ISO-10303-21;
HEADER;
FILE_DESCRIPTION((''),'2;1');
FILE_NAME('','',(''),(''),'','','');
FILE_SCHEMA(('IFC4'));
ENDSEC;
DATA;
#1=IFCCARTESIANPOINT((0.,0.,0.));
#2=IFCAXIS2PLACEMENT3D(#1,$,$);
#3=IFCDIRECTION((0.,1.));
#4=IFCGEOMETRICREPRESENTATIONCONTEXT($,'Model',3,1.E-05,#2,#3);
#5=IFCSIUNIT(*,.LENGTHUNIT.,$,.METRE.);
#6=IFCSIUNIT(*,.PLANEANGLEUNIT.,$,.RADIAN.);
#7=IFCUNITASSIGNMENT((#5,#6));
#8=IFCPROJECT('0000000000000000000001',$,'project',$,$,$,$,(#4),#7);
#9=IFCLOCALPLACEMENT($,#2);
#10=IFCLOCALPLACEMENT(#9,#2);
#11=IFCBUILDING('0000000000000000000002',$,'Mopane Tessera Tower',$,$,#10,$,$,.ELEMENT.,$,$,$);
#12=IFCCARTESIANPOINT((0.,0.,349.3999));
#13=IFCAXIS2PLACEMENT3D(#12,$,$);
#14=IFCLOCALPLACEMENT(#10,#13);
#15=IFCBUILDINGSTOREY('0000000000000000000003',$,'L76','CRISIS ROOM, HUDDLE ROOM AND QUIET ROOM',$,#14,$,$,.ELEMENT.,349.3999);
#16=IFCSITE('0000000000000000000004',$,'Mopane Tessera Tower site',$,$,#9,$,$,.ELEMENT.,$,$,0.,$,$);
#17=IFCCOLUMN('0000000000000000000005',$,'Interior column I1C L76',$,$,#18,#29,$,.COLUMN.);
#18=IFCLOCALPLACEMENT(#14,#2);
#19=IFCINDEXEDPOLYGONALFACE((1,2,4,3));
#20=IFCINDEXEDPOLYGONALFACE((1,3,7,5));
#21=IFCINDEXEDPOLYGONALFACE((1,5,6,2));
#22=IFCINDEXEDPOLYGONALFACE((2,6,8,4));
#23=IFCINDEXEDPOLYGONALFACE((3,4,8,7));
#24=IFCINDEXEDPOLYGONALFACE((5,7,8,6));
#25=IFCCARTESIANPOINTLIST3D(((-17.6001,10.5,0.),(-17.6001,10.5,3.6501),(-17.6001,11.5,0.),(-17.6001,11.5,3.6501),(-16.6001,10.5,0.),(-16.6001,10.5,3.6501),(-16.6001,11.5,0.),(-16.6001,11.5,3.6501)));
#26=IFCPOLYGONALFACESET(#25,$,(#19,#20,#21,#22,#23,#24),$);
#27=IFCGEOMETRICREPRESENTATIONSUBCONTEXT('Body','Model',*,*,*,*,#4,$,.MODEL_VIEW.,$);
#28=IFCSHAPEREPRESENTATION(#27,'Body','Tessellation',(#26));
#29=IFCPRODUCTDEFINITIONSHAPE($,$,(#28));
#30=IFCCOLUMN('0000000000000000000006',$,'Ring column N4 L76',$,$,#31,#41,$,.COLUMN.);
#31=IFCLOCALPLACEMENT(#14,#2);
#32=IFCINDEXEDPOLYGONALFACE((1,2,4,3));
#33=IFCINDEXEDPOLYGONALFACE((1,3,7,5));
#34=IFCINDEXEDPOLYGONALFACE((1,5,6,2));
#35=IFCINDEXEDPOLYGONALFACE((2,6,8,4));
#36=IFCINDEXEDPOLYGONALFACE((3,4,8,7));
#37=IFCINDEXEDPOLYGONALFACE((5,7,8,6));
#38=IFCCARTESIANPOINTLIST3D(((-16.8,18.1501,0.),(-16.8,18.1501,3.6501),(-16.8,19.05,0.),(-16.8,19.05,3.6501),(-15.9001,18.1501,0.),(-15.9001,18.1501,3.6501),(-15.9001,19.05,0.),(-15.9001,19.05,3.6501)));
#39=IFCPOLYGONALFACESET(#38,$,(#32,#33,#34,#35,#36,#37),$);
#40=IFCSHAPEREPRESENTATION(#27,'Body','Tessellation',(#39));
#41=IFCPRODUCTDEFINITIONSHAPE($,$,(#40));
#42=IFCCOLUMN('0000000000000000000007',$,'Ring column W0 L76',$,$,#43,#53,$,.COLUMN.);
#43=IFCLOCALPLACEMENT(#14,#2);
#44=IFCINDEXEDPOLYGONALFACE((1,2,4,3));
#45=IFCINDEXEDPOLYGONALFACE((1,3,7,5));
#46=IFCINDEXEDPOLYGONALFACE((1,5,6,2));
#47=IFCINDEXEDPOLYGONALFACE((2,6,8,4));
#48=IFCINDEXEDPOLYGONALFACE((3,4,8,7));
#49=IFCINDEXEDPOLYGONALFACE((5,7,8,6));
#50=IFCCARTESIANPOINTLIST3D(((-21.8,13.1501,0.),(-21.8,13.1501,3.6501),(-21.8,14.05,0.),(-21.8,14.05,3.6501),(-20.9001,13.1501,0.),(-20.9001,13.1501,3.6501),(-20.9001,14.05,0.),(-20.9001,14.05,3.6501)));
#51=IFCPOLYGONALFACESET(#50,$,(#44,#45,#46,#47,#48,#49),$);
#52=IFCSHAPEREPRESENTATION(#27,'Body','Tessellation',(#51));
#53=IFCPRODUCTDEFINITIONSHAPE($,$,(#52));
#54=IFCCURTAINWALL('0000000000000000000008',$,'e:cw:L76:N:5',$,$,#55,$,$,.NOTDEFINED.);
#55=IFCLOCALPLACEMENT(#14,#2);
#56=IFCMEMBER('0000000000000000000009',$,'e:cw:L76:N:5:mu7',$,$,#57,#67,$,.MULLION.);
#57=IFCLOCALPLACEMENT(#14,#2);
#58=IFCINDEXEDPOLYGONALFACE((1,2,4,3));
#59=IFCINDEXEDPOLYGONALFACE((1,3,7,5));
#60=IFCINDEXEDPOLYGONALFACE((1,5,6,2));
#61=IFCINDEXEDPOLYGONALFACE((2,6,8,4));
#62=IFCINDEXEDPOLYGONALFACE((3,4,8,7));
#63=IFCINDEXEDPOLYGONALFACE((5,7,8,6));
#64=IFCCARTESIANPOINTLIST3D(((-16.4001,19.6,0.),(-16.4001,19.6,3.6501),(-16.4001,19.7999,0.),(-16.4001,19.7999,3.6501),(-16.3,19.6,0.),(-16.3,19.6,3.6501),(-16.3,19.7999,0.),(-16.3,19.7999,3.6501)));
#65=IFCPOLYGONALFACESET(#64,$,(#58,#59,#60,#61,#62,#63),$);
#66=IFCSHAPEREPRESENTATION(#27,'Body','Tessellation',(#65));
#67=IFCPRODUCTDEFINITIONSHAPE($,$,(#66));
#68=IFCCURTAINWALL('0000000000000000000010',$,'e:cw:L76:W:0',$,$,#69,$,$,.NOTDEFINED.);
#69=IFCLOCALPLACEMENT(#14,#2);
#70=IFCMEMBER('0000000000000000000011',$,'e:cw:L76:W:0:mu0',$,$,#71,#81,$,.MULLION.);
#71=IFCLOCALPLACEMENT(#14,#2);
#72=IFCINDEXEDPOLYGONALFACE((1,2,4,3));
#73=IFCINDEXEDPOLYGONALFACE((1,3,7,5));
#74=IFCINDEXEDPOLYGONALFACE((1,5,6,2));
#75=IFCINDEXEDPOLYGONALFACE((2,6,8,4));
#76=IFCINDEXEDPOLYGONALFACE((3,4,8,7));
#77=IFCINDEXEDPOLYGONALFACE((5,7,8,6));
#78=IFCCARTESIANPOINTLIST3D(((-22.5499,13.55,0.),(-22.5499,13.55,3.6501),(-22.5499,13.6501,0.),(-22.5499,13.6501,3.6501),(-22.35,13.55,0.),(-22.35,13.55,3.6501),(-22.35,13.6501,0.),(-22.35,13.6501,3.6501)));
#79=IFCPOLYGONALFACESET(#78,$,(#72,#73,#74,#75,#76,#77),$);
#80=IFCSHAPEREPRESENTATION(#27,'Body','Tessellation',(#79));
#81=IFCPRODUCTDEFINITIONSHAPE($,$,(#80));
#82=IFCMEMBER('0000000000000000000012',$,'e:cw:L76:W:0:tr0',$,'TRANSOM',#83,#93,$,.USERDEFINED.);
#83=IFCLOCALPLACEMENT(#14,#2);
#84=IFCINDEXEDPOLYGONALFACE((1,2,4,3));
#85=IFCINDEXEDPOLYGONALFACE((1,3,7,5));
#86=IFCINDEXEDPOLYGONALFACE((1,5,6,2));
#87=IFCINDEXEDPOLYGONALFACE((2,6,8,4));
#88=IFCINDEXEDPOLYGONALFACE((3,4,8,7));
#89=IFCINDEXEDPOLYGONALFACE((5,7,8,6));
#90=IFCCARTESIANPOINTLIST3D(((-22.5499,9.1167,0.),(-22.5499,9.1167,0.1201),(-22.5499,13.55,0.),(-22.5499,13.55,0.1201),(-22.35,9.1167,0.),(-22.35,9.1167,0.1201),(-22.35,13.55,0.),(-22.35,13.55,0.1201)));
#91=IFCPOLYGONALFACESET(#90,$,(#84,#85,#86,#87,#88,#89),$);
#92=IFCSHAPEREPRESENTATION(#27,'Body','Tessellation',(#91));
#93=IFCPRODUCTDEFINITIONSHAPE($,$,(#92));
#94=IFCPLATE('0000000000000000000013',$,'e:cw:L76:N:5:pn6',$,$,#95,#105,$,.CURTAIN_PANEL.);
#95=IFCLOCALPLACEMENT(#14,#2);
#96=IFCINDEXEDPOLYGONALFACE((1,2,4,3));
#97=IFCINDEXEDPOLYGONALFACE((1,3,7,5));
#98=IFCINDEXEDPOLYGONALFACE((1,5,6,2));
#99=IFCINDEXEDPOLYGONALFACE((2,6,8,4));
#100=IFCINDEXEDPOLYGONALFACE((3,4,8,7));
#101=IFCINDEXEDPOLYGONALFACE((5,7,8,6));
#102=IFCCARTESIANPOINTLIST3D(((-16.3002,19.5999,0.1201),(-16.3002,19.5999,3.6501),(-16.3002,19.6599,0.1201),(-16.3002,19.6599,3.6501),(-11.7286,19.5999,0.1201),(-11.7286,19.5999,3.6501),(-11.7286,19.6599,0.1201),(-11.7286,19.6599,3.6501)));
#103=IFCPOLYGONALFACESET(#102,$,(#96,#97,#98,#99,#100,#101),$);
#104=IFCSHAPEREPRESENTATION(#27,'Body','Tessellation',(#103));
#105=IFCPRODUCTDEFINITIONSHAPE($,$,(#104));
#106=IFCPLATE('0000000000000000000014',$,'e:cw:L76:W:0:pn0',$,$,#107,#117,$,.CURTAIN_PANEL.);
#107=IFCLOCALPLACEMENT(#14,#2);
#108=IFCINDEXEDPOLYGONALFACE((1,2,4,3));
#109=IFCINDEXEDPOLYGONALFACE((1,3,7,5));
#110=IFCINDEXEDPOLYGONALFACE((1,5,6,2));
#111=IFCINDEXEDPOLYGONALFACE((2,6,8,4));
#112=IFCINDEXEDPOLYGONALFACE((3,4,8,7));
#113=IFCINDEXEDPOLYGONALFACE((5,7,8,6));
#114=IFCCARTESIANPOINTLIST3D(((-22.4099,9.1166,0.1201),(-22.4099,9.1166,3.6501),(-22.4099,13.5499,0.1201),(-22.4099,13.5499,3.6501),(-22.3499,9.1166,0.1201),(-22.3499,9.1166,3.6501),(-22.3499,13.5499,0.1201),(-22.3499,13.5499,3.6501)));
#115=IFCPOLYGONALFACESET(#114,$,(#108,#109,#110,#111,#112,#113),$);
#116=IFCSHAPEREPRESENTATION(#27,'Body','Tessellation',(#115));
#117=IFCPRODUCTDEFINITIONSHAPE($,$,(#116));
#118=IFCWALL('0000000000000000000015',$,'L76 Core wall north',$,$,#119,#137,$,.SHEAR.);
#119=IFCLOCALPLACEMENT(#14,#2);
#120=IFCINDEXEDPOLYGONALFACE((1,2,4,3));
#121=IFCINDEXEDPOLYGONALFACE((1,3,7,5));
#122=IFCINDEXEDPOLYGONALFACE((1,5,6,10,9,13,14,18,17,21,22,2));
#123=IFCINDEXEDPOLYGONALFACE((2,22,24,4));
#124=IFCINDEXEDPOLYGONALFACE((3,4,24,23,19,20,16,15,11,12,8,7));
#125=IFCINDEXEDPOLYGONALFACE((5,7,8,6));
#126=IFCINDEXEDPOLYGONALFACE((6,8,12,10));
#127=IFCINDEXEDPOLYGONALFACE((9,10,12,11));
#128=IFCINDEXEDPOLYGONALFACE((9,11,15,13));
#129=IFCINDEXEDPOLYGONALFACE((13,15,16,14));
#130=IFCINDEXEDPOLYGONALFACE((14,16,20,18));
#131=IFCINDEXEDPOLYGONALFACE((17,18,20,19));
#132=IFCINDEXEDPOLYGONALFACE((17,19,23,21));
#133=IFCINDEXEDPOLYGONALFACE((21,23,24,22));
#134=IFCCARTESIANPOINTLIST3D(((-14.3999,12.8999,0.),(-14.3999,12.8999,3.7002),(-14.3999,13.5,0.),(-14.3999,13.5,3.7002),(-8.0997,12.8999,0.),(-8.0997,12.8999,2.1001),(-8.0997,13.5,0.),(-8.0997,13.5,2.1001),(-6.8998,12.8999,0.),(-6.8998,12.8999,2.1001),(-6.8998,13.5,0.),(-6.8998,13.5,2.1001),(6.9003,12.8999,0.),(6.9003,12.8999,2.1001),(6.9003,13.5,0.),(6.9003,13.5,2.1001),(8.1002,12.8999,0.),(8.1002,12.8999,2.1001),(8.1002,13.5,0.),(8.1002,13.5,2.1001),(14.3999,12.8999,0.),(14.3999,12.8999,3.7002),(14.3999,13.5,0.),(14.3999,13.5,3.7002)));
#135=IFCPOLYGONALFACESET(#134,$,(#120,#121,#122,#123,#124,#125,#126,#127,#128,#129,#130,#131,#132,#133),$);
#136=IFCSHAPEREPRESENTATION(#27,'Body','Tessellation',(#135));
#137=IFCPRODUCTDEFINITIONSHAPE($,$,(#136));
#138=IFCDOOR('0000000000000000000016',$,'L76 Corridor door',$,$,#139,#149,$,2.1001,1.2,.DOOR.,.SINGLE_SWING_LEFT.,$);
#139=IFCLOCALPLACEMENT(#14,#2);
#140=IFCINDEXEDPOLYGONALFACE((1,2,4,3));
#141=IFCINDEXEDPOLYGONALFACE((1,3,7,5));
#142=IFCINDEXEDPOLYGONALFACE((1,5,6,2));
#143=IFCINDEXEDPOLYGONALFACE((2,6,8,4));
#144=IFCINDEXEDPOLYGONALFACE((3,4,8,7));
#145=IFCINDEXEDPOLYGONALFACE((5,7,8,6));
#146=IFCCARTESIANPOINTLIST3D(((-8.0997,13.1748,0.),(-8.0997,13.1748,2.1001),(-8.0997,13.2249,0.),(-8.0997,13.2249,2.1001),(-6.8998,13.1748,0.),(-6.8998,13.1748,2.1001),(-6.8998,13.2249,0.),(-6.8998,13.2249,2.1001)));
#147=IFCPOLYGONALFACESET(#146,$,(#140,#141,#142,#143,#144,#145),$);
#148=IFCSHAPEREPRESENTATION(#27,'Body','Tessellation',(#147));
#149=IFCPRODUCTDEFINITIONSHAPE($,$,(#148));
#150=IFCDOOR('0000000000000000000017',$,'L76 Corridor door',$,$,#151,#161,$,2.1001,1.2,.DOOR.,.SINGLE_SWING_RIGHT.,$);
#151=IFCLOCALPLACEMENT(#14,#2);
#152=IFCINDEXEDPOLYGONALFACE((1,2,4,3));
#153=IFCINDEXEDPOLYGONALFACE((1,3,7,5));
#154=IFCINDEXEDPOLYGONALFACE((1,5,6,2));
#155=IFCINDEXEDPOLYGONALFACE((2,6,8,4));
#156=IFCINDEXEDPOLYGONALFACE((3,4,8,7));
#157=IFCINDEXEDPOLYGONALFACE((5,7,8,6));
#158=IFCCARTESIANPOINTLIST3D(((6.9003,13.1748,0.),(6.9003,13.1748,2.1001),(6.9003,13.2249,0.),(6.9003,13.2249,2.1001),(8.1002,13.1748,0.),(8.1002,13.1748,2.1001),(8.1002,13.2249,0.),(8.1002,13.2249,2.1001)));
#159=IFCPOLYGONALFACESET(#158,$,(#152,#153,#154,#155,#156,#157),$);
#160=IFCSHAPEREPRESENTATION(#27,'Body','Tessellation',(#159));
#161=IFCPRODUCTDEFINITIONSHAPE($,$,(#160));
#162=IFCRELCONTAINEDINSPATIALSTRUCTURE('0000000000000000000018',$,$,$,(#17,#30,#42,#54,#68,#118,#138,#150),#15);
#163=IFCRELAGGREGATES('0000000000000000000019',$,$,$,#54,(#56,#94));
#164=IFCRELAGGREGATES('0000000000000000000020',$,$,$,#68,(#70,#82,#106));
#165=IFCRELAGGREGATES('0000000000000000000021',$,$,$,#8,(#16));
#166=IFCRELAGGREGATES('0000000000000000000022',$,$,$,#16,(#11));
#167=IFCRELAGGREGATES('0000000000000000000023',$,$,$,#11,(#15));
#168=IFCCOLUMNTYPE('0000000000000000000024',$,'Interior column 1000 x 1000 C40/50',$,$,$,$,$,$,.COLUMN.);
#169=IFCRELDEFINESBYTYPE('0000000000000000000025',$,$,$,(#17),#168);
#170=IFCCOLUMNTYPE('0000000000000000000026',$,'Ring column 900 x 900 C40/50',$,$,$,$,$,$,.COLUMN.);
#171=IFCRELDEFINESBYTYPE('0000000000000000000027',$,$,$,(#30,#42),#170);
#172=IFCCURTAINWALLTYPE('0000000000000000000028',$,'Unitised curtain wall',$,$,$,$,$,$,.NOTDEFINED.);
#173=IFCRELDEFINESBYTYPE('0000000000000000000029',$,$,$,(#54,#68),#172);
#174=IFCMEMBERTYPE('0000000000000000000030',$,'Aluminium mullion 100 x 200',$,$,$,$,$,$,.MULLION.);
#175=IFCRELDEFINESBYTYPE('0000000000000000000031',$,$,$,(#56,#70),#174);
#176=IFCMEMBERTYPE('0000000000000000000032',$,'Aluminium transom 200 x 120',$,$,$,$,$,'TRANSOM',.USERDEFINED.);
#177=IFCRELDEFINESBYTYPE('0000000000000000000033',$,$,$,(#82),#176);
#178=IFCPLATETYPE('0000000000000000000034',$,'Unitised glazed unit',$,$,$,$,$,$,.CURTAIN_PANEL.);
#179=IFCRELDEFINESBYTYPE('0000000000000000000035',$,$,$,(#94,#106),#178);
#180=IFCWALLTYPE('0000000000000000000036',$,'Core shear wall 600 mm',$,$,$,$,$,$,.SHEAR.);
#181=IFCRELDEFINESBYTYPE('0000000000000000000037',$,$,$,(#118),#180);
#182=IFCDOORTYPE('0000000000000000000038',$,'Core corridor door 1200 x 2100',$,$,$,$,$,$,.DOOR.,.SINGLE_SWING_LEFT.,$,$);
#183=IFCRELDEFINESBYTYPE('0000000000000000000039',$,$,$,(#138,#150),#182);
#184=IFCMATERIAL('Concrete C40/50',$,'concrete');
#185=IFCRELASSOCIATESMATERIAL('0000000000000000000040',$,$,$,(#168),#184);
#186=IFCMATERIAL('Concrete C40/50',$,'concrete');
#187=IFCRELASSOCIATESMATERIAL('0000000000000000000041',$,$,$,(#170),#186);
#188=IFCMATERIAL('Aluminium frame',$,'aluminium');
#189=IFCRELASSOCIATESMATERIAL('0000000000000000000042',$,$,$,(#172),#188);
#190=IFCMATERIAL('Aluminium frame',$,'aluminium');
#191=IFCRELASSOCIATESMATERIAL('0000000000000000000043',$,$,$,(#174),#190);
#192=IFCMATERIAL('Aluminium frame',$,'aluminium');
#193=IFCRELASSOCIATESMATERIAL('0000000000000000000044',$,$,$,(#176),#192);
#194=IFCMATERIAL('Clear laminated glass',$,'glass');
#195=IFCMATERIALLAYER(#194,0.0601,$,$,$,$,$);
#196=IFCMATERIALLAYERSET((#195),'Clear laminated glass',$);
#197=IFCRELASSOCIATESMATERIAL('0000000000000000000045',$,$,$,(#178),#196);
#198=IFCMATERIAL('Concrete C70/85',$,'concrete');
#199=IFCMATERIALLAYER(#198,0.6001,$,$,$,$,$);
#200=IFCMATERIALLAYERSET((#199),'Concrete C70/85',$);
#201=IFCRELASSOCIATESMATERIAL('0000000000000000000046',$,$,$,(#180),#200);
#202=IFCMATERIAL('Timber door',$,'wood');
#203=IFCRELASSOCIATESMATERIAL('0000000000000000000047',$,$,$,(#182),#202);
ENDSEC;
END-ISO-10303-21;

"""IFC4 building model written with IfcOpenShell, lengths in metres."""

from ifc_helpers import new_model, si_unit, direction, frame, frame_2d, origin, origin_2d, place, context, subcontext, project, spatial, rectangle, extrude, material, layer, layer_set, material_profile, profile_set, type_object, element, fill, aggregate, save


model = new_model("IFC4")

# Units and contexts
model_context = context("Model", 3, precision=1e-05, world=origin(), true_north=direction((0.0, 1.0)))
body_context = subcontext(model_context, "Body", "Model", "MODEL_VIEW")
ifc_project = project(units=[si_unit("LENGTHUNIT", "METRE"), si_unit("PLANEANGLEUNIT", "RADIAN")], contexts=[model_context])

# Site, building, storey
site_placement = place(None, origin())
site = spatial("IfcSite", under=ifc_project, at=site_placement, Name="Mopane Tessera Tower site", CompositionType="ELEMENT", RefElevation=0.0)
building_placement = place(site_placement, origin())
building = spatial("IfcBuilding", under=site, at=building_placement, Name="Mopane Tessera Tower", CompositionType="ELEMENT")
storey_placement = place(building_placement, frame((0.0, 0.0, 349.3999)))
storey = spatial("IfcBuildingStorey", under=building, at=storey_placement, Name="L76", Description="CRISIS ROOM, HUDDLE ROOM AND QUIET ROOM", CompositionType="ELEMENT", Elevation=349.3999)

# Columns
ifc_material_1 = material(Name="Concrete C40/50", Category="concrete")
ifc_material_profile_1 = material_profile(ifc_material_1, rectangle(XDim=1.0, YDim=1.0, at=origin_2d()))
ifc_profile_set_1 = profile_set([ifc_material_profile_1], Name="Concrete C40/50")
column_type_1 = type_object("IfcColumnType", Name="Interior column 1000 x 1000 C40/50", PredefinedType="COLUMN", material=ifc_profile_set_1)
column_placement = place(storey_placement, frame((-17.1001, 11.0, 0.0), z_axis=(0.0, 0.0, 1.0), x_axis=(1.0, 0.0, 0.0)))
element("IfcColumn", 1, at=column_placement, inside=storey, type_object=column_type_1, Name="Interior column I1C L76", PredefinedType="COLUMN", context=body_context, shape_type="SweptSolid", body=[
    extrude(rectangle(XDim=1.0, YDim=1.0, at=origin_2d()), origin(), (0.0, 0.0, 1.0), 3.6501),
])
ifc_material_2 = material(Name="Concrete C40/50", Category="concrete")
ifc_material_profile_2 = material_profile(ifc_material_2, rectangle(XDim=0.8999, YDim=0.8999, at=origin_2d()))
ifc_profile_set_2 = profile_set([ifc_material_profile_2], Name="Concrete C40/50")
column_type_2 = type_object("IfcColumnType", Name="Ring column 900 x 900 C40/50", PredefinedType="COLUMN", material=ifc_profile_set_2)
for number, where, z_axis, x_axis, name in (
    (2, (-16.3501, 18.6001, 0.0), (0.0, 0.0, 1.0), (1.0, 0.0, 0.0), "Ring column N4 L76"),
    (3, (-21.3501, 13.6001, 0.0), (0.0, 0.0, 1.0), (1.0, 0.0, 0.0), "Ring column W0 L76"),
):
    element("IfcColumn", number, at=place(storey_placement, frame(where, z_axis=z_axis, x_axis=x_axis)), inside=storey, type_object=column_type_2, Name=name, PredefinedType="COLUMN", context=body_context, shape_type="SweptSolid", body=[
        extrude(rectangle(XDim=0.8999, YDim=0.8999, at=origin_2d()), origin(), (0.0, 0.0, 1.0), 3.6501),
    ])

# Curtain wall, member
ifc_material_3 = material(Name="Aluminium frame", Category="aluminium")
curtain_wall_type = type_object("IfcCurtainWallType", Name="Unitised curtain wall", PredefinedType="NOTDEFINED", material=ifc_material_3)
curtain_wall_1_placement = place(storey_placement, origin())
curtain_wall_1 = element("IfcCurtainWall", 4, at=curtain_wall_1_placement, inside=storey, type_object=curtain_wall_type, Name="e:cw:L76:N:5", PredefinedType="NOTDEFINED")
ifc_material_4 = material(Name="Aluminium frame", Category="aluminium")
ifc_material_profile_3 = material_profile(ifc_material_4, rectangle(XDim=0.1001, YDim=0.2, at=origin_2d()))
ifc_profile_set_3 = profile_set([ifc_material_profile_3], Name="Aluminium frame")
member_type_1 = type_object("IfcMemberType", Name="Aluminium mullion 100 x 200", PredefinedType="MULLION", material=ifc_profile_set_3)
member_1_placement = place(storey_placement, frame((-16.3501, 19.7, 0.0), z_axis=(0.0, 0.0, 1.0), x_axis=(-1.0, 0.0, 0.0)))
member_1 = element("IfcMember", 5, at=member_1_placement, type_object=member_type_1, Name="e:cw:L76:N:5:mu7", PredefinedType="MULLION", context=body_context, shape_type="SweptSolid", body=[
    extrude(rectangle(XDim=0.1001, YDim=0.2, at=origin_2d()), origin(), (0.0, 0.0, 1.0), 3.6501),
])

# Curtain wall, members
curtain_wall_2_placement = place(storey_placement, origin())
curtain_wall_2 = element("IfcCurtainWall", 6, at=curtain_wall_2_placement, inside=storey, type_object=curtain_wall_type, Name="e:cw:L76:W:0", PredefinedType="NOTDEFINED")
member_2_placement = place(storey_placement, frame((-22.45, 13.6001, 0.0), z_axis=(0.0, 0.0, 1.0), x_axis=(0.0, -1.0, 0.0)))
member_2 = element("IfcMember", 7, at=member_2_placement, type_object=member_type_1, Name="e:cw:L76:W:0:mu0", PredefinedType="MULLION", context=body_context, shape_type="SweptSolid", body=[
    extrude(rectangle(XDim=0.1001, YDim=0.2, at=origin_2d()), origin(), (0.0, 0.0, 1.0), 3.6501),
])
ifc_material_5 = material(Name="Aluminium frame", Category="aluminium")
ifc_material_profile_4 = material_profile(ifc_material_5, rectangle(XDim=0.2, YDim=0.1201, at=origin_2d()))
ifc_profile_set_4 = profile_set([ifc_material_profile_4], Name="Aluminium frame")
member_type_2 = type_object("IfcMemberType", Name="Aluminium transom 200 x 120", ElementType="TRANSOM", PredefinedType="USERDEFINED", material=ifc_profile_set_4)
member_3_placement = place(storey_placement, frame((-22.45, 13.55, 0.0601), z_axis=(0.0, -1.0, 0.0), x_axis=(1.0, 0.0, 0.0)))
member_3 = element("IfcMember", 8, at=member_3_placement, type_object=member_type_2, Name="e:cw:L76:W:0:tr0", ObjectType="TRANSOM", PredefinedType="USERDEFINED", context=body_context, shape_type="SweptSolid", body=[
    extrude(rectangle(XDim=0.2, YDim=0.1201, at=origin_2d()), origin(), (0.0, 0.0, 1.0), 4.4333),
])

# Plates
ifc_material_6 = material(Name="Clear laminated glass", Category="glass")
ifc_layer_1 = layer(ifc_material_6, 0.0601)
ifc_layer_set_1 = layer_set([ifc_layer_1], Name="Clear laminated glass")
plate_type = type_object("IfcPlateType", Name="Unitised glazed unit", PredefinedType="CURTAIN_PANEL", material=ifc_layer_set_1)
plate_1_placement = place(storey_placement, frame((-14.0144, 19.6299, 0.1201), z_axis=(0.0, 0.0, 1.0), x_axis=(-1.0, 0.0, 0.0)))
plate_1 = element("IfcPlate", 9, at=plate_1_placement, type_object=plate_type, Name="e:cw:L76:N:5:pn6", PredefinedType="CURTAIN_PANEL", context=body_context, shape_type="SweptSolid", body=[
    extrude(rectangle(XDim=4.5715, YDim=0.0601, at=origin_2d()), origin(), (0.0, 0.0, 1.0), 3.53),
])
aggregate(curtain_wall_1, [member_1, plate_1])
plate_2_placement = place(storey_placement, frame((-22.3799, 11.3333, 0.1201), z_axis=(0.0, 0.0, 1.0), x_axis=(0.0, -1.0, 0.0)))
plate_2 = element("IfcPlate", 10, at=plate_2_placement, type_object=plate_type, Name="e:cw:L76:W:0:pn0", PredefinedType="CURTAIN_PANEL", context=body_context, shape_type="SweptSolid", body=[
    extrude(rectangle(XDim=4.4333, YDim=0.0601, at=origin_2d()), origin(), (0.0, 0.0, 1.0), 3.53),
])
aggregate(curtain_wall_2, [member_2, member_3, plate_2])

# Wall, openings, doors
ifc_material_7 = material(Name="Concrete C70/85", Category="concrete")
ifc_layer_2 = layer(ifc_material_7, 0.6001)
ifc_layer_set_2 = layer_set([ifc_layer_2], Name="Concrete C70/85")
wall_type_1 = type_object("IfcWallType", Name="Core shear wall 600 mm", PredefinedType="SHEAR", material=ifc_layer_set_2)
wall_1_placement = place(storey_placement, frame((-14.3999, 13.2, 0.0), z_axis=(0.0, 0.0, 1.0), x_axis=(1.0, 0.0, 0.0)))
wall_1 = element("IfcWall", 11, at=wall_1_placement, inside=storey, type_object=wall_type_1, Name="L76 Core wall north", PredefinedType="SHEAR", context=body_context, shape_type="SweptSolid", body=[
    extrude(rectangle(XDim=28.7998, YDim=0.6001, at=frame_2d((14.3999, 0.0))), origin(), (0.0, 0.0, 1.0), 3.7002),
])
opening_1_placement = place(wall_1_placement, frame((6.3, 0.0, 0.0)))
opening_1 = element("IfcOpeningElement", 12, at=opening_1_placement, cuts=wall_1, PredefinedType="OPENING", context=body_context, shape_type="SweptSolid", body=[
    extrude(rectangle(XDim=1.2, YDim=2.1001, at=frame_2d((0.6001, 1.05))), frame((0.0, 0.312, 0.0), z_axis=(0.0, -1.0, 0.0), x_axis=(1.0, 0.0, 0.0)), (0.0, 0.0, 1.0), 0.624),
])
opening_2_placement = place(wall_1_placement, frame((21.3, 0.0, 0.0)))
opening_2 = element("IfcOpeningElement", 13, at=opening_2_placement, cuts=wall_1, PredefinedType="OPENING", context=body_context, shape_type="SweptSolid", body=[
    extrude(rectangle(XDim=1.2, YDim=2.1001, at=frame_2d((0.6001, 1.05))), frame((0.0, 0.312, 0.0), z_axis=(0.0, -1.0, 0.0), x_axis=(1.0, 0.0, 0.0)), (0.0, 0.0, 1.0), 0.624),
])
ifc_material_8 = material(Name="Timber door", Category="wood")
door_type_1 = type_object("IfcDoorType", Name="Core corridor door 1200 x 2100", OperationType="SINGLE_SWING_LEFT", PredefinedType="DOOR", material=ifc_material_8)
door_1_placement = place(opening_1_placement, origin())
door_1 = element("IfcDoor", 14, at=door_1_placement, inside=storey, type_object=door_type_1, Name="L76 Corridor door", OperationType="SINGLE_SWING_LEFT", OverallHeight=2.1001, OverallWidth=1.2, PredefinedType="DOOR", context=body_context, shape_type="SweptSolid", body=[
    extrude(rectangle(XDim=1.2, YDim=2.1001, at=frame_2d((0.6001, 1.05))), frame((0.0, 0.0249, 0.0), z_axis=(0.0, -1.0, 0.0), x_axis=(1.0, 0.0, 0.0)), (0.0, 0.0, 1.0), 0.05),
])
fill(opening_1, door_1)
door_2_placement = place(opening_2_placement, origin())
door_2 = element("IfcDoor", 15, at=door_2_placement, inside=storey, type_object=door_type_1, Name="L76 Corridor door", OperationType="SINGLE_SWING_RIGHT", OverallHeight=2.1001, OverallWidth=1.2, PredefinedType="DOOR", context=body_context, shape_type="SweptSolid", body=[
    extrude(rectangle(XDim=1.2, YDim=2.1001, at=frame_2d((0.6001, 1.05))), frame((0.0, 0.0249, 0.0), z_axis=(0.0, -1.0, 0.0), x_axis=(1.0, 0.0, 0.0)), (0.0, 0.0, 1.0), 0.05),
])
fill(opening_2, door_2)

save(model, "model.ifc")
